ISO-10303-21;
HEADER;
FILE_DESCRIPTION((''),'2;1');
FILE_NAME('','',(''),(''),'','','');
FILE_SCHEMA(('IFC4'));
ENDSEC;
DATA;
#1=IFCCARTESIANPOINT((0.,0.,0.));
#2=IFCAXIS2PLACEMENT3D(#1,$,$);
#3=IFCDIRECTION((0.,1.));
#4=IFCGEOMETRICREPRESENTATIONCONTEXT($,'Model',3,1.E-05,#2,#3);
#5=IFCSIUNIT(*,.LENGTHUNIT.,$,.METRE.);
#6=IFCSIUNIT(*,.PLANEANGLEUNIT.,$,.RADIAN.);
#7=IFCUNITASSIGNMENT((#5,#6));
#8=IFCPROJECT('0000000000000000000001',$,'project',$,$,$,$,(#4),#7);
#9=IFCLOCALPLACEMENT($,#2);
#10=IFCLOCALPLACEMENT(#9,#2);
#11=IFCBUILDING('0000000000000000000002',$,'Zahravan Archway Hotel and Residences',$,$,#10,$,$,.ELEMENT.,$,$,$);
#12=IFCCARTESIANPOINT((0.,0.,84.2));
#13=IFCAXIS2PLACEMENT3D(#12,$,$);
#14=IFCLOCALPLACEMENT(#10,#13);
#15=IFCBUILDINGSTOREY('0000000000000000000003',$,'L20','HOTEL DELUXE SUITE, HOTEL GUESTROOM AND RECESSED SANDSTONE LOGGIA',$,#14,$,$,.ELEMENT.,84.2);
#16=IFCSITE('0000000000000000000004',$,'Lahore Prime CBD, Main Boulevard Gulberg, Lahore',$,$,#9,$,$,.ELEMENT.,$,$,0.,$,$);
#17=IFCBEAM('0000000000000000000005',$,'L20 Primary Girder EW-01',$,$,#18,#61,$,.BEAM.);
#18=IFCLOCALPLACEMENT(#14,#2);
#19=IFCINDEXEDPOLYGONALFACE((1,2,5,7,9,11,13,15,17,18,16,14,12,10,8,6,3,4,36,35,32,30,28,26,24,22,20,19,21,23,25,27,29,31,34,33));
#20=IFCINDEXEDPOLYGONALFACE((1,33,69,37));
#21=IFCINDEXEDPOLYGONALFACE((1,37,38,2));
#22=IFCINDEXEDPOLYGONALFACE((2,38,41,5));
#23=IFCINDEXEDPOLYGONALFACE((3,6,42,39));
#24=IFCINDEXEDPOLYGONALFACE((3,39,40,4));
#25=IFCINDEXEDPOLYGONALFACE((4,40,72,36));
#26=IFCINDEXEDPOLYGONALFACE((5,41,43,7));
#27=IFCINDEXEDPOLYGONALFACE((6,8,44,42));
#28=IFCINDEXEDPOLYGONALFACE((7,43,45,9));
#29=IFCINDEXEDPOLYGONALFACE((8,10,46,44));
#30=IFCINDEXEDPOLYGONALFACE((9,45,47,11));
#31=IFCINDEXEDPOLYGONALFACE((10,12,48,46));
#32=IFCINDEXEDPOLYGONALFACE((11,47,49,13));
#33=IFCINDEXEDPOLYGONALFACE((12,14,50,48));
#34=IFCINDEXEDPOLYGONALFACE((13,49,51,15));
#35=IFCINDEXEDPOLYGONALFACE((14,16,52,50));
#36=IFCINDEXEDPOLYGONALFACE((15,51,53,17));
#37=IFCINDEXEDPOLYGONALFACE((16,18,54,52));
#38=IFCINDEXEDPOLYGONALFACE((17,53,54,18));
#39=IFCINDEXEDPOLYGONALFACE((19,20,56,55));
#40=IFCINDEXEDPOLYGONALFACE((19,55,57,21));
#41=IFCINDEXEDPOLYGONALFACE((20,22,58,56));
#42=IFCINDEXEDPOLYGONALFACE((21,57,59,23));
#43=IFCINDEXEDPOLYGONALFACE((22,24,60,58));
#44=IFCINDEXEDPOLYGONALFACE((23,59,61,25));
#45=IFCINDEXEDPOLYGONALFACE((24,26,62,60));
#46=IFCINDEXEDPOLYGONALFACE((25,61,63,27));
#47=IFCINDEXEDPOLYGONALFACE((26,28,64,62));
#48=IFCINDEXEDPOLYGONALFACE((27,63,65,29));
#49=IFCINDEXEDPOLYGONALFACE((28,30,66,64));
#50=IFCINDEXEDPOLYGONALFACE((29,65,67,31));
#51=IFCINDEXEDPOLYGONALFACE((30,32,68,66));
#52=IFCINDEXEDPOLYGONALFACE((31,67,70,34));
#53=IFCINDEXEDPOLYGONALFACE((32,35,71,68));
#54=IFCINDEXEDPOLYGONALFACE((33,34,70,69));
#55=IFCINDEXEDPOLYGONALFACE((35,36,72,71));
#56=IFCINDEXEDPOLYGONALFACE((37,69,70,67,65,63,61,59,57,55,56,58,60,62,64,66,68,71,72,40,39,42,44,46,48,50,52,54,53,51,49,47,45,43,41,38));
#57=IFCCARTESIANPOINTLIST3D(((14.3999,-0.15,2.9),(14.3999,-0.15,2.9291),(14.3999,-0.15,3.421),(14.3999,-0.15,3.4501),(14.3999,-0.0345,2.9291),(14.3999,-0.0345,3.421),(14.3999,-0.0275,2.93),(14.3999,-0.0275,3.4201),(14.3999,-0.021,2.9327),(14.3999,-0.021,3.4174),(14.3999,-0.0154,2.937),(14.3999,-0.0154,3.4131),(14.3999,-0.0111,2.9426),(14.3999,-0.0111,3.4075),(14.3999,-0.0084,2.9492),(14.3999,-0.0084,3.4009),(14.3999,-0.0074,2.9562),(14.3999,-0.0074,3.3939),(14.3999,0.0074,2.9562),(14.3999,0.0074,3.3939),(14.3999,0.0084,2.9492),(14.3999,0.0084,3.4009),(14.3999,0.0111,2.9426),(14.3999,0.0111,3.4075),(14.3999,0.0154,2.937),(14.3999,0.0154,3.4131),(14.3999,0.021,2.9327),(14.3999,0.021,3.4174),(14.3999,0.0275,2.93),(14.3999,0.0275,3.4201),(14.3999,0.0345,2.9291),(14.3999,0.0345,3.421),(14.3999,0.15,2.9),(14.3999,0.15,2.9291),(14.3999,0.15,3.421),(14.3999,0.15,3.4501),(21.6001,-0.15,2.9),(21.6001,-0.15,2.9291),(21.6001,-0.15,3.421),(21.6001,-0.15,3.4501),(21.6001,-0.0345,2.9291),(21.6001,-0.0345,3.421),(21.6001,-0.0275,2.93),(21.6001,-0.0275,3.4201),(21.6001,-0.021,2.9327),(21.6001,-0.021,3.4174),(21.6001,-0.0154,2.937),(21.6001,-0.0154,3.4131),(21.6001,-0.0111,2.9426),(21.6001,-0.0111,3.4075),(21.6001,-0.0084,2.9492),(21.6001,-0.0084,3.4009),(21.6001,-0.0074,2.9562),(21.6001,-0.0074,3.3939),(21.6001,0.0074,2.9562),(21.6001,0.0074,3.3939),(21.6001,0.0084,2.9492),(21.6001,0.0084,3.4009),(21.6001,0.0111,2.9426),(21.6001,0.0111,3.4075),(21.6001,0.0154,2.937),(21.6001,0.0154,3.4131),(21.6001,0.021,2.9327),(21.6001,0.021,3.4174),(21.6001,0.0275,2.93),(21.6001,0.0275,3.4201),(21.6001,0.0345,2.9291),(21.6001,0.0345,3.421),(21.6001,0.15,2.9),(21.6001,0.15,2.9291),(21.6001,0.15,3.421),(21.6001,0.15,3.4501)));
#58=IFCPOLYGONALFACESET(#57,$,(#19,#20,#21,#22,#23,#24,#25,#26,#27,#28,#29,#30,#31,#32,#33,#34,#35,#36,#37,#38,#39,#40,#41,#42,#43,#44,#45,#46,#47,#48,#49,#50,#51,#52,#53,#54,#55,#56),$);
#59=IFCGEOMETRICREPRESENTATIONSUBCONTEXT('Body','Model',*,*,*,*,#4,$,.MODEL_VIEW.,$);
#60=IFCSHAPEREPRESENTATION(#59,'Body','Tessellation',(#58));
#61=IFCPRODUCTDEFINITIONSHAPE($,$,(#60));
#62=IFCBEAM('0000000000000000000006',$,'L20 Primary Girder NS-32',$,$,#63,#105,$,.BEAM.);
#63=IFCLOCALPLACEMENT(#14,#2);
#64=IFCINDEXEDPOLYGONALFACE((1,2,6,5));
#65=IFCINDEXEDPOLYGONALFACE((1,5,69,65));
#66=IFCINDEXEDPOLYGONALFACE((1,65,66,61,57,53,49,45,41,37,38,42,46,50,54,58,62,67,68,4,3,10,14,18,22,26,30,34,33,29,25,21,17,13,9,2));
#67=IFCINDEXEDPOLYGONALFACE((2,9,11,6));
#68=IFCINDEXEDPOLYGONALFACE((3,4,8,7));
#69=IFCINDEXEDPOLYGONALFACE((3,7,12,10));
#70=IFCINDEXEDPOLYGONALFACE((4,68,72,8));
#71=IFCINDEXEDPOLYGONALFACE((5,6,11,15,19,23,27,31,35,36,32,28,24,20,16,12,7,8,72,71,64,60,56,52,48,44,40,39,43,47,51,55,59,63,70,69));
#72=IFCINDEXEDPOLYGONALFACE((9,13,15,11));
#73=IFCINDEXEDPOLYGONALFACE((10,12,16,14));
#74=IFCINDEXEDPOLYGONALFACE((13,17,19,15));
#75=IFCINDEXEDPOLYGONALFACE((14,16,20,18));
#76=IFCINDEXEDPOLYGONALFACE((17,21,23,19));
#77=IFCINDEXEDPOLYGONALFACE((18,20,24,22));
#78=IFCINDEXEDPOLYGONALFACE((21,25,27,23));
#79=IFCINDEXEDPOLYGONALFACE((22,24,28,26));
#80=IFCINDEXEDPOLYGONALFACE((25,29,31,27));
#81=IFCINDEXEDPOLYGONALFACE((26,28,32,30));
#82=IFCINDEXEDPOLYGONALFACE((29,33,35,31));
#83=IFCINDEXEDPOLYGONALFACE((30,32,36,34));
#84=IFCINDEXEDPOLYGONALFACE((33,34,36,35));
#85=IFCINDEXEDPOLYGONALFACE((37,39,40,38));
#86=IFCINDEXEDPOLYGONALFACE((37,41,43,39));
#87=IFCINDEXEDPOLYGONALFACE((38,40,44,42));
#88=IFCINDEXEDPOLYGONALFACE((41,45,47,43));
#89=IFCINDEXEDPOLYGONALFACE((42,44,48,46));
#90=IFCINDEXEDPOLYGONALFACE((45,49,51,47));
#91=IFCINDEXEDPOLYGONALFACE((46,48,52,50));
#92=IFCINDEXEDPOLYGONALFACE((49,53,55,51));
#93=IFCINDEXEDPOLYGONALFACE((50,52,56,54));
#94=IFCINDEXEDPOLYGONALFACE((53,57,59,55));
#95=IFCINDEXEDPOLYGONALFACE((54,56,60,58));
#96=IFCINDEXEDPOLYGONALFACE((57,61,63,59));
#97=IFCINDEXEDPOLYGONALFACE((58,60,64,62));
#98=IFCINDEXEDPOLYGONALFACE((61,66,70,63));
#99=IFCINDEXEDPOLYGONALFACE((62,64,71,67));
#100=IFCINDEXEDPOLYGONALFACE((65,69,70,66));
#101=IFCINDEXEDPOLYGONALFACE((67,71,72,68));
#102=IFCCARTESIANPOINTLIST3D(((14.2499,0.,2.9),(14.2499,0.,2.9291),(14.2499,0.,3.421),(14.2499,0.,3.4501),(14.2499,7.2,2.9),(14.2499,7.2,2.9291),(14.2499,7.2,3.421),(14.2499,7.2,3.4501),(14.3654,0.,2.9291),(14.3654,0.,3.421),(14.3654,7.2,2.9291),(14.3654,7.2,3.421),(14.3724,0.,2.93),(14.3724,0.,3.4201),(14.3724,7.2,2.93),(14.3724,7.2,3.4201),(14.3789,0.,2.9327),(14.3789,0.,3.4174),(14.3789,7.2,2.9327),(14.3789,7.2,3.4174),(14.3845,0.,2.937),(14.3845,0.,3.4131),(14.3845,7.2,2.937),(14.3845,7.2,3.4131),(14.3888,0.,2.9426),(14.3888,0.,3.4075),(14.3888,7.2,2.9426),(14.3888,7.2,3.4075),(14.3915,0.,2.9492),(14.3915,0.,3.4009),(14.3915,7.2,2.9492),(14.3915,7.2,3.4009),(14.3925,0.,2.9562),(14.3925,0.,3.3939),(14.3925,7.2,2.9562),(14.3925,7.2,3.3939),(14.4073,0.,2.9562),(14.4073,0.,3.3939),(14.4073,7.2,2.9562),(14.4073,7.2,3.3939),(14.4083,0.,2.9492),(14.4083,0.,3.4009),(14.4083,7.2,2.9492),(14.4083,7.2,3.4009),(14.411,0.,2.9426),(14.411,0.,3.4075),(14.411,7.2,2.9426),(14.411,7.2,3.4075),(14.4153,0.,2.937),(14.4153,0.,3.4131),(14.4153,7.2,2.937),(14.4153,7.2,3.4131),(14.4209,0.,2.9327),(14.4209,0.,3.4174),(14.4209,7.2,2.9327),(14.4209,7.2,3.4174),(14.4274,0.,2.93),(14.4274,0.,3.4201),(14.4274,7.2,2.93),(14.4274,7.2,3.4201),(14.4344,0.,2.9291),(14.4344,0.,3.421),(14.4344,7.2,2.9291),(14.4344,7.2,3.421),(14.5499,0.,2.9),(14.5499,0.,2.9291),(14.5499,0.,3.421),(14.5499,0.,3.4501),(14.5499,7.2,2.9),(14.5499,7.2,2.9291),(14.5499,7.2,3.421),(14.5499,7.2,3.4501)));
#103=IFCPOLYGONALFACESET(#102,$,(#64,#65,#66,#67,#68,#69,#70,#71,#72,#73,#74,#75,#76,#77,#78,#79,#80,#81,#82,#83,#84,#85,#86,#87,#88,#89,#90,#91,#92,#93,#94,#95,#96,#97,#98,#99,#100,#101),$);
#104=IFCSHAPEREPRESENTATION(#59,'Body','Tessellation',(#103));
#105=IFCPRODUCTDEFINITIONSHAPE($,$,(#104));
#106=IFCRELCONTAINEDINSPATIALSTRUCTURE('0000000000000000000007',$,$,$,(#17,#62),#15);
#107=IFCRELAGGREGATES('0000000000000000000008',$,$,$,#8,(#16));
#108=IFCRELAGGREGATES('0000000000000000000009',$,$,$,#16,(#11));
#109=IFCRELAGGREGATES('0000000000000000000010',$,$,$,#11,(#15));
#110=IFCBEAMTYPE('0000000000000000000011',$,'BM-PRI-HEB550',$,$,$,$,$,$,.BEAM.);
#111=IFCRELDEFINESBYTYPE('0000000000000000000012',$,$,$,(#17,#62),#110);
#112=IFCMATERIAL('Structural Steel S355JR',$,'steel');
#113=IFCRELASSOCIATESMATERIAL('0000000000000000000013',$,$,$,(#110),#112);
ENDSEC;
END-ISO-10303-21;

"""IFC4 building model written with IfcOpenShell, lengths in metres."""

from ifc_helpers import new_model, si_unit, direction, frame, origin, origin_2d, place, context, subcontext, project, spatial, i_section, extrude, source, transform, mapped, material, material_profile, profile_set, type_object, type_shapes, element, save


model = new_model("IFC4")

# Units and contexts
model_context = context("Model", 3, precision=1e-05, world=origin(), true_north=direction((0.0, 1.0)))
body_context = subcontext(model_context, "Body", "Model", "MODEL_VIEW")
ifc_project = project(units=[si_unit("LENGTHUNIT", "METRE"), si_unit("PLANEANGLEUNIT", "RADIAN")], contexts=[model_context])

# Site, building, storey
site_placement = place(None, origin())
site = spatial("IfcSite", under=ifc_project, at=site_placement, Name="Lahore Prime CBD, Main Boulevard Gulberg, Lahore", CompositionType="ELEMENT", RefElevation=0.0)
building_placement = place(site_placement, origin())
building = spatial("IfcBuilding", under=site, at=building_placement, Name="Zahravan Archway Hotel and Residences", CompositionType="ELEMENT")
storey_placement = place(building_placement, frame((0.0, 0.0, 84.2)))
storey = spatial("IfcBuildingStorey", under=building, at=storey_placement, Name="L20", Description="HOTEL DELUXE SUITE, HOTEL GUESTROOM AND RECESSED SANDSTONE LOGGIA", CompositionType="ELEMENT", Elevation=84.2)

# Beams
ifc_material_1 = material(Name="Structural Steel S355JR", Category="steel")
ifc_material_profile = material_profile(ifc_material_1, i_section(OverallWidth=0.3, OverallDepth=0.55, WebThickness=0.0149, FlangeThickness=0.0291, FilletRadius=0.0271, at=origin_2d()), Name="HEB 550", Category="steel")
ifc_profile_set = profile_set([ifc_material_profile], Name="Structural Steel S355JR")
beam_type = type_object("IfcBeamType", Name="BM-PRI-HEB550", PredefinedType="BEAM", material=ifc_profile_set)
shared_shape_1 = source(origin(), body_context, "Body", "SweptSolid", [
    extrude(i_section(OverallWidth=0.3, OverallDepth=0.55, WebThickness=0.0149, FlangeThickness=0.0291, FilletRadius=0.0271, at=origin_2d()), origin(), (0.0, 0.0, 1.0), 7.2002),
])
type_shapes(beam_type, [shared_shape_1])
beam_1_placement = place(storey_placement, frame((14.3999, 0.0, 3.175), z_axis=(1.0, 0.0, 0.0), x_axis=(0.0, 1.0, 0.0)))
element("IfcBeam", 1, at=beam_1_placement, inside=storey, type_object=beam_type, Name="L20 Primary Girder EW-01", PredefinedType="BEAM", context=body_context, shape_type="MappedRepresentation", body=[
    mapped(shared_shape_1, transform((0.0, 0.0, 0.0), scale=1.0)),
])
shared_shape_2 = source(origin(), body_context, "Body", "SweptSolid", [
    extrude(i_section(OverallWidth=0.3, OverallDepth=0.55, WebThickness=0.0149, FlangeThickness=0.0291, FilletRadius=0.0271, at=origin_2d()), origin(), (0.0, 0.0, 1.0), 7.2),
])
beam_2_placement = place(storey_placement, frame((14.3999, 0.0, 3.175), z_axis=(0.0, 1.0, 0.0), x_axis=(-1.0, 0.0, 0.0)))
element("IfcBeam", 2, at=beam_2_placement, inside=storey, type_object=beam_type, Name="L20 Primary Girder NS-32", PredefinedType="BEAM", context=body_context, shape_type="MappedRepresentation", body=[
    mapped(shared_shape_2, transform((0.0, 0.0, 0.0), scale=1.0)),
])

save(model, "model.ifc")
